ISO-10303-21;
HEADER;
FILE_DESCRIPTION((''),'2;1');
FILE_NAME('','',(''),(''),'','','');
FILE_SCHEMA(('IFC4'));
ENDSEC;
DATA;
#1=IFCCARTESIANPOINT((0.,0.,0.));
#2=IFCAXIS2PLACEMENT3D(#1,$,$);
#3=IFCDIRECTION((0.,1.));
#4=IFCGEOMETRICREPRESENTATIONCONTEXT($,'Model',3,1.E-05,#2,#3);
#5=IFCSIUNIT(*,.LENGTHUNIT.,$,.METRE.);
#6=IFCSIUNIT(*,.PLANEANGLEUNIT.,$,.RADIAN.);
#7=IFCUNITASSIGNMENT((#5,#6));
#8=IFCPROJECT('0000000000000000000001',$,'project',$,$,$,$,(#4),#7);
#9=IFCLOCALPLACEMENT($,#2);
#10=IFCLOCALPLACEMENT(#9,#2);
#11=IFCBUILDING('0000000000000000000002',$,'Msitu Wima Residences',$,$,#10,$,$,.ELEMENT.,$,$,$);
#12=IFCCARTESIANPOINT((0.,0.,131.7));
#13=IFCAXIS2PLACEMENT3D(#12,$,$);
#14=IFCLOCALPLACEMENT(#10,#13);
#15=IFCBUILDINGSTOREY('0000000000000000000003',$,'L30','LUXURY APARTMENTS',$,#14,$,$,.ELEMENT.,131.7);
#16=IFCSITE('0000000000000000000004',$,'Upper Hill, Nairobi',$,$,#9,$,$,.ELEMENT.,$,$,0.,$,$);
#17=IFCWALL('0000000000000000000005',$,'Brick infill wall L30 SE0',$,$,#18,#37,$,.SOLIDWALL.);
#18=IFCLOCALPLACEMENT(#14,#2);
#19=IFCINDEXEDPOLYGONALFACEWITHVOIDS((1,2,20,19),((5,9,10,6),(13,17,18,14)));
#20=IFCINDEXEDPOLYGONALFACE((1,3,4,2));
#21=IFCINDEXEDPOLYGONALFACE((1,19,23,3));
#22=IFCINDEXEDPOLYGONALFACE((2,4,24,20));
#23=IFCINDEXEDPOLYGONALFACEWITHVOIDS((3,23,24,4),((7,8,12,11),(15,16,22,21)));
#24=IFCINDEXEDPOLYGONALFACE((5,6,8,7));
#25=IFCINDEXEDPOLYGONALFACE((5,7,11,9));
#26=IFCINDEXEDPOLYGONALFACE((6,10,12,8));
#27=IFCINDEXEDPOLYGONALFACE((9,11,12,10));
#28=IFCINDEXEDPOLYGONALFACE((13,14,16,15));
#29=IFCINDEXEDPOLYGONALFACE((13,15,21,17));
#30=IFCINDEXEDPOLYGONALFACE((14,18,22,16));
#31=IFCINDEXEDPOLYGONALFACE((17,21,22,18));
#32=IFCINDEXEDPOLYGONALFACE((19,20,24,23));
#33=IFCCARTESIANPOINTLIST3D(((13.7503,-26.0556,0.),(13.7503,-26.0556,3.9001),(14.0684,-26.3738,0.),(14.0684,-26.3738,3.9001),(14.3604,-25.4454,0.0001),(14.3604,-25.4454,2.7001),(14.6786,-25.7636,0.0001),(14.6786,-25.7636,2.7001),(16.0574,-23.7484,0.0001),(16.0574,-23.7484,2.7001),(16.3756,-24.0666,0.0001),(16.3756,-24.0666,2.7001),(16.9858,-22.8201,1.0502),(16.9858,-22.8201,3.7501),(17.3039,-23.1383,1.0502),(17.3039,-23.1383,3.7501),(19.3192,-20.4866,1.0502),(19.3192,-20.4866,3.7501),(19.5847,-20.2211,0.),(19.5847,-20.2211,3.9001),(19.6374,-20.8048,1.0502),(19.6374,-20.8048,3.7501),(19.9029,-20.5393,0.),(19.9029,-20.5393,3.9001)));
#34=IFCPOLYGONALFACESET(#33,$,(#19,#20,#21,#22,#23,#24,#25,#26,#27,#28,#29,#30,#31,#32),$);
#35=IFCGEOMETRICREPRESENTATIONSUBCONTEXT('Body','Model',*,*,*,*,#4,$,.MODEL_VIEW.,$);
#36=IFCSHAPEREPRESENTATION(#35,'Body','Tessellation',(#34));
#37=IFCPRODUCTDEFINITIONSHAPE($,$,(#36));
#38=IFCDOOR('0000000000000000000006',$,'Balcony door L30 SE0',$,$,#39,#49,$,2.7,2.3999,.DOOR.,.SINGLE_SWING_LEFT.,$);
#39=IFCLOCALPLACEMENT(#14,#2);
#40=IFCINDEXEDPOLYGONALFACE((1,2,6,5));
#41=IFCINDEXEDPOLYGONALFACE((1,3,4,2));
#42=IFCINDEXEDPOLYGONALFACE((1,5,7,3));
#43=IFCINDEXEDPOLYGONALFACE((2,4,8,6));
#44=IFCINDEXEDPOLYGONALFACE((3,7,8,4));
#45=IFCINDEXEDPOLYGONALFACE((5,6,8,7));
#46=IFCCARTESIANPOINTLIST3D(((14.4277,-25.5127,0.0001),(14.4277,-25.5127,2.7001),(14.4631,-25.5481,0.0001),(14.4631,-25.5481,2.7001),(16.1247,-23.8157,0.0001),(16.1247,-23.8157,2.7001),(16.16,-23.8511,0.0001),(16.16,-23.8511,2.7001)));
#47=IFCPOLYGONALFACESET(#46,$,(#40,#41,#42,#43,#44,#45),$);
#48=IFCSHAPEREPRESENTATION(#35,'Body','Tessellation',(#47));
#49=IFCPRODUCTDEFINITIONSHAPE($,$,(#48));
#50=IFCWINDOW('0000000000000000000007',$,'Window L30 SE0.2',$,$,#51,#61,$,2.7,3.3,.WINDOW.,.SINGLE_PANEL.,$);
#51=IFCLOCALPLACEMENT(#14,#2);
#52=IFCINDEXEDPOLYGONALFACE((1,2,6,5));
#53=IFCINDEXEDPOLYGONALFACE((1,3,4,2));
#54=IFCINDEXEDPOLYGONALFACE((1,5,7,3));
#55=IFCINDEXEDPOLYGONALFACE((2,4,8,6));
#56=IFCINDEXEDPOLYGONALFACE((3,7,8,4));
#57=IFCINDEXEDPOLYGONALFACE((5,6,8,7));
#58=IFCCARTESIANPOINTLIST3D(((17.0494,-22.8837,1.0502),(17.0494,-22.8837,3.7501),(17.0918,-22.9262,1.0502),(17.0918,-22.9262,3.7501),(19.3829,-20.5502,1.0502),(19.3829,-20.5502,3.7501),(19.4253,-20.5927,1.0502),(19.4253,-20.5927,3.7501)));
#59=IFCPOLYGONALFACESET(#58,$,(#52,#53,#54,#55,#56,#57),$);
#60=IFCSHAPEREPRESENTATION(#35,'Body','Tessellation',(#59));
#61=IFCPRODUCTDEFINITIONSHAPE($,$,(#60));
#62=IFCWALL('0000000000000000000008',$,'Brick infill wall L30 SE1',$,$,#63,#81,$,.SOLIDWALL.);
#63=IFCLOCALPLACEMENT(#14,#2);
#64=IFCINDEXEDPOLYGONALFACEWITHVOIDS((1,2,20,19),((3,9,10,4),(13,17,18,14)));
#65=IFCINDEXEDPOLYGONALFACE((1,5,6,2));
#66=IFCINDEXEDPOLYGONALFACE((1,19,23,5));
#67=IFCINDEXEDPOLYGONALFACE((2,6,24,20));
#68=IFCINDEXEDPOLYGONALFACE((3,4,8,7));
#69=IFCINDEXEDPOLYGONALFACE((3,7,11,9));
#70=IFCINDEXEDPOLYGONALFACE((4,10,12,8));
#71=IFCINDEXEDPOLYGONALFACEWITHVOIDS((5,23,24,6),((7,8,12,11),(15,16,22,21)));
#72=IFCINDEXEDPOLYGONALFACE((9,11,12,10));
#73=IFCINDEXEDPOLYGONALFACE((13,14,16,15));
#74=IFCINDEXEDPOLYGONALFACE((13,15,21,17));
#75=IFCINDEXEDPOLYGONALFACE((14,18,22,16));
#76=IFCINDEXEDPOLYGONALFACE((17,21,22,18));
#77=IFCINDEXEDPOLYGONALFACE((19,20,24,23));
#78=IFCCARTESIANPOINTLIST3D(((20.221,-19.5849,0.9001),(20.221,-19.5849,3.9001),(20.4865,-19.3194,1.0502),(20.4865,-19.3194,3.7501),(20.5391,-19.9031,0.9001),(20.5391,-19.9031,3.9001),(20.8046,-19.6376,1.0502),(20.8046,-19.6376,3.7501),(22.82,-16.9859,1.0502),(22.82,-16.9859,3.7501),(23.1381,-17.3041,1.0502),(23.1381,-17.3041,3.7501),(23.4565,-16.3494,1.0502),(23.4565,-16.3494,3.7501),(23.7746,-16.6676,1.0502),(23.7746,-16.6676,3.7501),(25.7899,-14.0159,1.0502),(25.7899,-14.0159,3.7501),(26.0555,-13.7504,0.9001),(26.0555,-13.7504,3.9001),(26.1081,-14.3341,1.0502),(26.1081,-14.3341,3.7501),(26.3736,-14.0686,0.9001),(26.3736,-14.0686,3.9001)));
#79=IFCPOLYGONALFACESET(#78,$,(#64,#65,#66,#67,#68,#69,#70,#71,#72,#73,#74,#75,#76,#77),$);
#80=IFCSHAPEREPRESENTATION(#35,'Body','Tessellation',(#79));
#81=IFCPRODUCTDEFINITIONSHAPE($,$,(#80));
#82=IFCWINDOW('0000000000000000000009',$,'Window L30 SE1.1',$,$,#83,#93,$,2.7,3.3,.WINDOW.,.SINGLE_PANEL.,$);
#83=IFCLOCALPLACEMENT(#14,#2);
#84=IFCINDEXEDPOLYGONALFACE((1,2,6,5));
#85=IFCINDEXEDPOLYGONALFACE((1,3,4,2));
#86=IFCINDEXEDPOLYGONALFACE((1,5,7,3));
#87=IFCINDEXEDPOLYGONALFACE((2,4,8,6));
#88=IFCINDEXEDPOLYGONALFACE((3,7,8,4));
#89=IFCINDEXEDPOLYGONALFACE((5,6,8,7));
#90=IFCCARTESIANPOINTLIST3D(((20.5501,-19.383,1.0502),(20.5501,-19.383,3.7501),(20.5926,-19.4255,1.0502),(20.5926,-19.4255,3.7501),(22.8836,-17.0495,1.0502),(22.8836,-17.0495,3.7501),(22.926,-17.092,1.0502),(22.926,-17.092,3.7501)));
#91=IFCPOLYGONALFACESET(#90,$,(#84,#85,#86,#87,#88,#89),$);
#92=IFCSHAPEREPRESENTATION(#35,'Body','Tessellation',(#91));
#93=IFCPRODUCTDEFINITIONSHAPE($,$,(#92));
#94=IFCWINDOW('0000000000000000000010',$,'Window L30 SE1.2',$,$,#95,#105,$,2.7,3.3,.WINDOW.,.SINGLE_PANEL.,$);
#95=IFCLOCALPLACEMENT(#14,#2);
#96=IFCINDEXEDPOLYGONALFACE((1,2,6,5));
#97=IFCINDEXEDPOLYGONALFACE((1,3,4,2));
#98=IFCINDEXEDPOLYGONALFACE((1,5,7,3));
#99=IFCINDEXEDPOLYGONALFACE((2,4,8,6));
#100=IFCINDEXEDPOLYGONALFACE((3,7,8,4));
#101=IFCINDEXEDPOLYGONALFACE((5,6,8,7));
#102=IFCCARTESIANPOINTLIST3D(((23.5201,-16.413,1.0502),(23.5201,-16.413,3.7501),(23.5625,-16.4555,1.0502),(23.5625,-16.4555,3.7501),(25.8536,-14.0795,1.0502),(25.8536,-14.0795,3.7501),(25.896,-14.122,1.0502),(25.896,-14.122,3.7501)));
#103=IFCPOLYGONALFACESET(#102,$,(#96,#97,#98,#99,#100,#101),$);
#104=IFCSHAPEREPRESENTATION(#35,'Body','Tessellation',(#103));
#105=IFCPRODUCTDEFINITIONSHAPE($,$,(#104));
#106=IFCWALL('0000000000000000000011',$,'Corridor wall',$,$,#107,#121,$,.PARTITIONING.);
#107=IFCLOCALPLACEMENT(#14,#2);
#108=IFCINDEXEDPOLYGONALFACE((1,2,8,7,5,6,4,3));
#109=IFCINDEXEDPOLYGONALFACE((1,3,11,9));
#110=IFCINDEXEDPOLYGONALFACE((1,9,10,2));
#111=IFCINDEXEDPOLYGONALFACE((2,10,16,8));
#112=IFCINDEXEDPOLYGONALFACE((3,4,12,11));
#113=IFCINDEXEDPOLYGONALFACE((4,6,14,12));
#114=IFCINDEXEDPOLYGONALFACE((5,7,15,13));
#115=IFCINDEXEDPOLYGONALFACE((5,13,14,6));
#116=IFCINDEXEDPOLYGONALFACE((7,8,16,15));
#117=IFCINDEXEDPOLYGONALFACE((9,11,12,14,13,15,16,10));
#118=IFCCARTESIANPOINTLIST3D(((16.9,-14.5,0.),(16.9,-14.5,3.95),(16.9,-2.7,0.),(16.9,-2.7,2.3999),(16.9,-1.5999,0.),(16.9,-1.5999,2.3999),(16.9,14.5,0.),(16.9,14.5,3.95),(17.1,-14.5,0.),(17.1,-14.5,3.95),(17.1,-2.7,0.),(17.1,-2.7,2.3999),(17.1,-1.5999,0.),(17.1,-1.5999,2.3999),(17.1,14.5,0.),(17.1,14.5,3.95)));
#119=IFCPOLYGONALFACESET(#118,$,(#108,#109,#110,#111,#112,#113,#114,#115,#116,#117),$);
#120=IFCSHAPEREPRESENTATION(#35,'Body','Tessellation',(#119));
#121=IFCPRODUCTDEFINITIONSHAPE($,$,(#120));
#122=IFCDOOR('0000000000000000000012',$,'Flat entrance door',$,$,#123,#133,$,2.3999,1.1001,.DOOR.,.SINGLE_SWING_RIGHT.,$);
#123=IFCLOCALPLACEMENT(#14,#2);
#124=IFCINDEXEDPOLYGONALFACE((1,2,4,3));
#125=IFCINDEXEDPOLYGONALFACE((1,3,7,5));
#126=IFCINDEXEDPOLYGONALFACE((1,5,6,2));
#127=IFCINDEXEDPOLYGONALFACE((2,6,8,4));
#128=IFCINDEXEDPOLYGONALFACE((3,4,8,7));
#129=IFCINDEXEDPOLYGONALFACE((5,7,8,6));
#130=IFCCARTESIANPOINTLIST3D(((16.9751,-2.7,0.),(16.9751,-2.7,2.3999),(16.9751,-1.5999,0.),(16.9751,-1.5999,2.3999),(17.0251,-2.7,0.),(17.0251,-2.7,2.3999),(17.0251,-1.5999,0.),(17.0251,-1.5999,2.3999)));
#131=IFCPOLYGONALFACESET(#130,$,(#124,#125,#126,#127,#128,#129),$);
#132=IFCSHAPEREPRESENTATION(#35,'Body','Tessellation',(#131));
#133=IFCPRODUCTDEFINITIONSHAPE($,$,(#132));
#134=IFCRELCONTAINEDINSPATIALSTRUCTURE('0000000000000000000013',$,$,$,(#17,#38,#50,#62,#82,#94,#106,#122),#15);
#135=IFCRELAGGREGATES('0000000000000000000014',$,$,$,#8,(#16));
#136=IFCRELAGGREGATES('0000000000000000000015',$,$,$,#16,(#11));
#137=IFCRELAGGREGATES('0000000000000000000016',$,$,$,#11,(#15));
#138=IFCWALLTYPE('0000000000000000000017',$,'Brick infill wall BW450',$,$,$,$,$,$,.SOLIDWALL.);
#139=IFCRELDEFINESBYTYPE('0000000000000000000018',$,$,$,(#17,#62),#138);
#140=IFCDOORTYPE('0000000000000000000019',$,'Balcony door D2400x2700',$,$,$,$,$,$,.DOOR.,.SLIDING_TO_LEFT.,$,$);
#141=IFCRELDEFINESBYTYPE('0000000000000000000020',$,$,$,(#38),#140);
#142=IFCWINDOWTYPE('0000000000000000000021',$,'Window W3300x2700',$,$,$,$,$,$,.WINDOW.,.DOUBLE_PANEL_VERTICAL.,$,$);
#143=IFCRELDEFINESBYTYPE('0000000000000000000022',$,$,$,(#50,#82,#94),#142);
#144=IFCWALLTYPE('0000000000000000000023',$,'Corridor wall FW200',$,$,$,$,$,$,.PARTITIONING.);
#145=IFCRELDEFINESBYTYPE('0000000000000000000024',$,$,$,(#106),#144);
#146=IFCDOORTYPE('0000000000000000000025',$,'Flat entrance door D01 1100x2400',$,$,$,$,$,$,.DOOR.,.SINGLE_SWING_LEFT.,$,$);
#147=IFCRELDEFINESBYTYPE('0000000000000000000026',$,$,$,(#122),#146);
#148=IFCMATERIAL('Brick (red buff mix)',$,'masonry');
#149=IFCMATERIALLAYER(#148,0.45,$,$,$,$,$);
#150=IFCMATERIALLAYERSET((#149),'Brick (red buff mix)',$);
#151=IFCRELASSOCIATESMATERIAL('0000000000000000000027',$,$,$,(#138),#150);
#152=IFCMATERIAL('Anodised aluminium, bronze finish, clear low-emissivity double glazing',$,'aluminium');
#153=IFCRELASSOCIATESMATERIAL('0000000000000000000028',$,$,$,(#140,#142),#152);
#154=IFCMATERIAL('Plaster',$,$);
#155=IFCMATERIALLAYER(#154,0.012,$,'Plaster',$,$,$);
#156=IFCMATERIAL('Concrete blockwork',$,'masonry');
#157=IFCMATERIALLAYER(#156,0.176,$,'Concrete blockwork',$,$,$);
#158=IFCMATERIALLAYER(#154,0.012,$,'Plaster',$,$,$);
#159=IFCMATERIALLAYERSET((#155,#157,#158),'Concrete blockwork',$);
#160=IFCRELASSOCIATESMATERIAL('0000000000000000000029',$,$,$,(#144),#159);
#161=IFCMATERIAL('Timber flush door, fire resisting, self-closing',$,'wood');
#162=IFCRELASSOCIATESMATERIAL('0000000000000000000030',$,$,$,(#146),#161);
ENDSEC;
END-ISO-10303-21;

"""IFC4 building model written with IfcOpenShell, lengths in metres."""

from ifc_helpers import new_model, si_unit, direction, frame, frame_2d, origin, place, context, subcontext, project, spatial, rectangle, extrude, material, layer, layer_set, type_object, element, fill, save


model = new_model("IFC4")

# Units and contexts
model_context = context("Model", 3, precision=1e-05, world=origin(), true_north=direction((0.0, 1.0)))
body_context = subcontext(model_context, "Body", "Model", "MODEL_VIEW")
ifc_project = project(units=[si_unit("LENGTHUNIT", "METRE"), si_unit("PLANEANGLEUNIT", "RADIAN")], contexts=[model_context])

# Site, building, storey
site_placement = place(None, origin())
site = spatial("IfcSite", under=ifc_project, at=site_placement, Name="Upper Hill, Nairobi", CompositionType="ELEMENT", RefElevation=0.0)
building_placement = place(site_placement, origin())
building = spatial("IfcBuilding", under=site, at=building_placement, Name="Msitu Wima Residences", CompositionType="ELEMENT")
storey_placement = place(building_placement, frame((0.0, 0.0, 131.7)))
storey = spatial("IfcBuildingStorey", under=building, at=storey_placement, Name="L30", Description="LUXURY APARTMENTS", CompositionType="ELEMENT", Elevation=131.7)

# Wall, openings, door, window
ifc_material_1 = material(Name="Brick (red buff mix)", Category="masonry")
ifc_layer_1 = layer(ifc_material_1, 0.45)
ifc_layer_set_1 = layer_set([ifc_layer_1], Name="Brick (red buff mix)")
wall_type_1 = type_object("IfcWallType", Name="Brick infill wall BW450", PredefinedType="SOLIDWALL", material=ifc_layer_set_1)
wall_1_placement = place(storey_placement, frame((13.9094, -26.2146, 0.0), z_axis=(0.0, 0.0, 1.0), x_axis=(0.707107, 0.707107, 0.0)))
wall_1 = element("IfcWall", 1, at=wall_1_placement, inside=storey, type_object=wall_type_1, Name="Brick infill wall L30 SE0", PredefinedType="SOLIDWALL", context=body_context, shape_type="SweptSolid", body=[
    extrude(rectangle(XDim=8.2512, YDim=0.45, at=frame_2d((4.1255, 0.0))), origin(), (0.0, 0.0, 1.0), 3.9001),
])
opening_1_placement = place(wall_1_placement, frame((0.8628, 0.0, 0.0)))
opening_1 = element("IfcOpeningElement", 2, at=opening_1_placement, cuts=wall_1, PredefinedType="OPENING", context=body_context, shape_type="SweptSolid", body=[
    extrude(rectangle(XDim=2.3999, YDim=2.7, at=frame_2d((1.2, 1.3501))), frame((0.0, 0.2349, 0.0), z_axis=(0.0, -1.0, 0.0), x_axis=(1.0, 0.0, 0.0)), (0.0, 0.0, 1.0), 0.47),
])
opening_2_placement = place(wall_1_placement, frame((4.5757, 0.0, 1.05)))
opening_2 = element("IfcOpeningElement", 3, at=opening_2_placement, cuts=wall_1, PredefinedType="OPENING", context=body_context, shape_type="SweptSolid", body=[
    extrude(rectangle(XDim=3.3, YDim=2.7, at=frame_2d((1.6499, 1.3501))), frame((0.0, 0.2349, 0.0), z_axis=(0.0, -1.0, 0.0), x_axis=(1.0, 0.0, 0.0)), (0.0, 0.0, 1.0), 0.47),
])
ifc_material_2 = material(Name="Anodised aluminium, bronze finish, clear low-emissivity double glazing", Category="aluminium")
door_type_1 = type_object("IfcDoorType", Name="Balcony door D2400x2700", OperationType="SLIDING_TO_LEFT", PredefinedType="DOOR", material=ifc_material_2)
door_1_placement = place(opening_1_placement, origin())
door_1 = element("IfcDoor", 4, at=door_1_placement, inside=storey, type_object=door_type_1, Name="Balcony door L30 SE0", OperationType="SINGLE_SWING_LEFT", OverallHeight=2.7, OverallWidth=2.3999, PredefinedType="DOOR", context=body_context, shape_type="SweptSolid", body=[
    extrude(rectangle(XDim=2.3999, YDim=2.7, at=frame_2d((1.2, 1.3501))), frame((0.0, 0.1299, 0.0), z_axis=(0.0, -1.0, 0.0), x_axis=(1.0, 0.0, 0.0)), (0.0, 0.0, 1.0), 0.05),
])
fill(opening_1, door_1)
window_type = type_object("IfcWindowType", Name="Window W3300x2700", PartitioningType="DOUBLE_PANEL_VERTICAL", PredefinedType="WINDOW", material=ifc_material_2)
window_1_placement = place(opening_2_placement, origin())
window_1 = element("IfcWindow", 5, at=window_1_placement, inside=storey, type_object=window_type, Name="Window L30 SE0.2", OverallHeight=2.7, OverallWidth=3.3, PartitioningType="SINGLE_PANEL", PredefinedType="WINDOW", context=body_context, shape_type="SweptSolid", body=[
    extrude(rectangle(XDim=3.3, YDim=2.7, at=frame_2d((1.6499, 1.3501))), frame((0.0, 0.135, 0.0), z_axis=(0.0, -1.0, 0.0), x_axis=(1.0, 0.0, 0.0)), (0.0, 0.0, 1.0), 0.0601),
])
fill(opening_2, window_1)

# Wall, openings, windows
wall_2_placement = place(storey_placement, frame((20.3801, -19.7439, 0.9001), z_axis=(0.0, 0.0, 1.0), x_axis=(0.707107, 0.707107, 0.0)))
wall_2 = element("IfcWall", 6, at=wall_2_placement, inside=storey, type_object=wall_type_1, Name="Brick infill wall L30 SE1", PredefinedType="SOLIDWALL", context=body_context, shape_type="SweptSolid", body=[
    extrude(rectangle(XDim=8.2512, YDim=0.45, at=frame_2d((4.1255, 0.0))), origin(), (0.0, 0.0, 1.0), 3.0),
])
opening_3_placement = place(wall_2_placement, frame((0.3755, 0.0, 0.1499)))
opening_3 = element("IfcOpeningElement", 7, at=opening_3_placement, cuts=wall_2, PredefinedType="OPENING", context=body_context, shape_type="SweptSolid", body=[
    extrude(rectangle(XDim=3.3, YDim=2.7, at=frame_2d((1.6499, 1.3501))), frame((0.0, 0.2349, 0.0), z_axis=(0.0, -1.0, 0.0), x_axis=(1.0, 0.0, 0.0)), (0.0, 0.0, 1.0), 0.47),
])
opening_4_placement = place(wall_2_placement, frame((4.5757, 0.0, 0.1499)))
opening_4 = element("IfcOpeningElement", 8, at=opening_4_placement, cuts=wall_2, PredefinedType="OPENING", context=body_context, shape_type="SweptSolid", body=[
    extrude(rectangle(XDim=3.3, YDim=2.7, at=frame_2d((1.6499, 1.3501))), frame((0.0, 0.2349, 0.0), z_axis=(0.0, -1.0, 0.0), x_axis=(1.0, 0.0, 0.0)), (0.0, 0.0, 1.0), 0.47),
])
window_2_placement = place(opening_3_placement, origin())
window_2 = element("IfcWindow", 9, at=window_2_placement, inside=storey, type_object=window_type, Name="Window L30 SE1.1", OverallHeight=2.7, OverallWidth=3.3, PartitioningType="SINGLE_PANEL", PredefinedType="WINDOW", context=body_context, shape_type="SweptSolid", body=[
    extrude(rectangle(XDim=3.3, YDim=2.7, at=frame_2d((1.6499, 1.3501))), frame((0.0, 0.135, 0.0), z_axis=(0.0, -1.0, 0.0), x_axis=(1.0, 0.0, 0.0)), (0.0, 0.0, 1.0), 0.0601),
])
fill(opening_3, window_2)
window_3_placement = place(opening_4_placement, origin())
window_3 = element("IfcWindow", 10, at=window_3_placement, inside=storey, type_object=window_type, Name="Window L30 SE1.2", OverallHeight=2.7, OverallWidth=3.3, PartitioningType="SINGLE_PANEL", PredefinedType="WINDOW", context=body_context, shape_type="SweptSolid", body=[
    extrude(rectangle(XDim=3.3, YDim=2.7, at=frame_2d((1.6499, 1.3501))), frame((0.0, 0.135, 0.0), z_axis=(0.0, -1.0, 0.0), x_axis=(1.0, 0.0, 0.0)), (0.0, 0.0, 1.0), 0.0601),
])
fill(opening_4, window_3)

# Wall, opening, door
ifc_material_3 = material(Name="Plaster")
ifc_layer_2 = layer(ifc_material_3, 0.012, Name="Plaster")
ifc_material_4 = material(Name="Concrete blockwork", Category="masonry")
ifc_layer_3 = layer(ifc_material_4, 0.176, Name="Concrete blockwork")
ifc_layer_4 = layer(ifc_material_3, 0.012, Name="Plaster")
ifc_layer_set_2 = layer_set([ifc_layer_2, ifc_layer_3, ifc_layer_4], Name="Concrete blockwork")
wall_type_2 = type_object("IfcWallType", Name="Corridor wall FW200", PredefinedType="PARTITIONING", material=ifc_layer_set_2)
wall_3_placement = place(storey_placement, frame((17.0, -14.5, 0.0), z_axis=(0.0, 0.0, 1.0), x_axis=(0.0, 1.0, 0.0)))
wall_3 = element("IfcWall", 11, at=wall_3_placement, inside=storey, type_object=wall_type_2, Name="Corridor wall", PredefinedType="PARTITIONING", context=body_context, shape_type="SweptSolid", body=[
    extrude(rectangle(XDim=29.0, YDim=0.2, at=frame_2d((14.5, 0.0))), origin(), (0.0, 0.0, 1.0), 3.95),
])
opening_5_placement = place(wall_3_placement, frame((11.8, 0.0, 0.0)))
opening_5 = element("IfcOpeningElement", 12, at=opening_5_placement, cuts=wall_3, PredefinedType="OPENING", context=body_context, shape_type="SweptSolid", body=[
    extrude(rectangle(XDim=1.1001, YDim=2.3999, at=frame_2d((0.55, 1.2))), frame((0.0, 0.1099, 0.0), z_axis=(0.0, -1.0, 0.0), x_axis=(1.0, 0.0, 0.0)), (0.0, 0.0, 1.0), 0.22),
])
ifc_material_5 = material(Name="Timber flush door, fire resisting, self-closing", Category="wood")
door_type_2 = type_object("IfcDoorType", Name="Flat entrance door D01 1100x2400", OperationType="SINGLE_SWING_LEFT", PredefinedType="DOOR", material=ifc_material_5)
door_2_placement = place(opening_5_placement, origin())
door_2 = element("IfcDoor", 13, at=door_2_placement, inside=storey, type_object=door_type_2, Name="Flat entrance door", OperationType="SINGLE_SWING_RIGHT", OverallHeight=2.3999, OverallWidth=1.1001, PredefinedType="DOOR", context=body_context, shape_type="SweptSolid", body=[
    extrude(rectangle(XDim=1.1001, YDim=2.3999, at=frame_2d((0.55, 1.2))), frame((0.0, 0.0249, 0.0), z_axis=(0.0, -1.0, 0.0), x_axis=(1.0, 0.0, 0.0)), (0.0, 0.0, 1.0), 0.05),
])
fill(opening_5, door_2)

save(model, "model.ifc")
